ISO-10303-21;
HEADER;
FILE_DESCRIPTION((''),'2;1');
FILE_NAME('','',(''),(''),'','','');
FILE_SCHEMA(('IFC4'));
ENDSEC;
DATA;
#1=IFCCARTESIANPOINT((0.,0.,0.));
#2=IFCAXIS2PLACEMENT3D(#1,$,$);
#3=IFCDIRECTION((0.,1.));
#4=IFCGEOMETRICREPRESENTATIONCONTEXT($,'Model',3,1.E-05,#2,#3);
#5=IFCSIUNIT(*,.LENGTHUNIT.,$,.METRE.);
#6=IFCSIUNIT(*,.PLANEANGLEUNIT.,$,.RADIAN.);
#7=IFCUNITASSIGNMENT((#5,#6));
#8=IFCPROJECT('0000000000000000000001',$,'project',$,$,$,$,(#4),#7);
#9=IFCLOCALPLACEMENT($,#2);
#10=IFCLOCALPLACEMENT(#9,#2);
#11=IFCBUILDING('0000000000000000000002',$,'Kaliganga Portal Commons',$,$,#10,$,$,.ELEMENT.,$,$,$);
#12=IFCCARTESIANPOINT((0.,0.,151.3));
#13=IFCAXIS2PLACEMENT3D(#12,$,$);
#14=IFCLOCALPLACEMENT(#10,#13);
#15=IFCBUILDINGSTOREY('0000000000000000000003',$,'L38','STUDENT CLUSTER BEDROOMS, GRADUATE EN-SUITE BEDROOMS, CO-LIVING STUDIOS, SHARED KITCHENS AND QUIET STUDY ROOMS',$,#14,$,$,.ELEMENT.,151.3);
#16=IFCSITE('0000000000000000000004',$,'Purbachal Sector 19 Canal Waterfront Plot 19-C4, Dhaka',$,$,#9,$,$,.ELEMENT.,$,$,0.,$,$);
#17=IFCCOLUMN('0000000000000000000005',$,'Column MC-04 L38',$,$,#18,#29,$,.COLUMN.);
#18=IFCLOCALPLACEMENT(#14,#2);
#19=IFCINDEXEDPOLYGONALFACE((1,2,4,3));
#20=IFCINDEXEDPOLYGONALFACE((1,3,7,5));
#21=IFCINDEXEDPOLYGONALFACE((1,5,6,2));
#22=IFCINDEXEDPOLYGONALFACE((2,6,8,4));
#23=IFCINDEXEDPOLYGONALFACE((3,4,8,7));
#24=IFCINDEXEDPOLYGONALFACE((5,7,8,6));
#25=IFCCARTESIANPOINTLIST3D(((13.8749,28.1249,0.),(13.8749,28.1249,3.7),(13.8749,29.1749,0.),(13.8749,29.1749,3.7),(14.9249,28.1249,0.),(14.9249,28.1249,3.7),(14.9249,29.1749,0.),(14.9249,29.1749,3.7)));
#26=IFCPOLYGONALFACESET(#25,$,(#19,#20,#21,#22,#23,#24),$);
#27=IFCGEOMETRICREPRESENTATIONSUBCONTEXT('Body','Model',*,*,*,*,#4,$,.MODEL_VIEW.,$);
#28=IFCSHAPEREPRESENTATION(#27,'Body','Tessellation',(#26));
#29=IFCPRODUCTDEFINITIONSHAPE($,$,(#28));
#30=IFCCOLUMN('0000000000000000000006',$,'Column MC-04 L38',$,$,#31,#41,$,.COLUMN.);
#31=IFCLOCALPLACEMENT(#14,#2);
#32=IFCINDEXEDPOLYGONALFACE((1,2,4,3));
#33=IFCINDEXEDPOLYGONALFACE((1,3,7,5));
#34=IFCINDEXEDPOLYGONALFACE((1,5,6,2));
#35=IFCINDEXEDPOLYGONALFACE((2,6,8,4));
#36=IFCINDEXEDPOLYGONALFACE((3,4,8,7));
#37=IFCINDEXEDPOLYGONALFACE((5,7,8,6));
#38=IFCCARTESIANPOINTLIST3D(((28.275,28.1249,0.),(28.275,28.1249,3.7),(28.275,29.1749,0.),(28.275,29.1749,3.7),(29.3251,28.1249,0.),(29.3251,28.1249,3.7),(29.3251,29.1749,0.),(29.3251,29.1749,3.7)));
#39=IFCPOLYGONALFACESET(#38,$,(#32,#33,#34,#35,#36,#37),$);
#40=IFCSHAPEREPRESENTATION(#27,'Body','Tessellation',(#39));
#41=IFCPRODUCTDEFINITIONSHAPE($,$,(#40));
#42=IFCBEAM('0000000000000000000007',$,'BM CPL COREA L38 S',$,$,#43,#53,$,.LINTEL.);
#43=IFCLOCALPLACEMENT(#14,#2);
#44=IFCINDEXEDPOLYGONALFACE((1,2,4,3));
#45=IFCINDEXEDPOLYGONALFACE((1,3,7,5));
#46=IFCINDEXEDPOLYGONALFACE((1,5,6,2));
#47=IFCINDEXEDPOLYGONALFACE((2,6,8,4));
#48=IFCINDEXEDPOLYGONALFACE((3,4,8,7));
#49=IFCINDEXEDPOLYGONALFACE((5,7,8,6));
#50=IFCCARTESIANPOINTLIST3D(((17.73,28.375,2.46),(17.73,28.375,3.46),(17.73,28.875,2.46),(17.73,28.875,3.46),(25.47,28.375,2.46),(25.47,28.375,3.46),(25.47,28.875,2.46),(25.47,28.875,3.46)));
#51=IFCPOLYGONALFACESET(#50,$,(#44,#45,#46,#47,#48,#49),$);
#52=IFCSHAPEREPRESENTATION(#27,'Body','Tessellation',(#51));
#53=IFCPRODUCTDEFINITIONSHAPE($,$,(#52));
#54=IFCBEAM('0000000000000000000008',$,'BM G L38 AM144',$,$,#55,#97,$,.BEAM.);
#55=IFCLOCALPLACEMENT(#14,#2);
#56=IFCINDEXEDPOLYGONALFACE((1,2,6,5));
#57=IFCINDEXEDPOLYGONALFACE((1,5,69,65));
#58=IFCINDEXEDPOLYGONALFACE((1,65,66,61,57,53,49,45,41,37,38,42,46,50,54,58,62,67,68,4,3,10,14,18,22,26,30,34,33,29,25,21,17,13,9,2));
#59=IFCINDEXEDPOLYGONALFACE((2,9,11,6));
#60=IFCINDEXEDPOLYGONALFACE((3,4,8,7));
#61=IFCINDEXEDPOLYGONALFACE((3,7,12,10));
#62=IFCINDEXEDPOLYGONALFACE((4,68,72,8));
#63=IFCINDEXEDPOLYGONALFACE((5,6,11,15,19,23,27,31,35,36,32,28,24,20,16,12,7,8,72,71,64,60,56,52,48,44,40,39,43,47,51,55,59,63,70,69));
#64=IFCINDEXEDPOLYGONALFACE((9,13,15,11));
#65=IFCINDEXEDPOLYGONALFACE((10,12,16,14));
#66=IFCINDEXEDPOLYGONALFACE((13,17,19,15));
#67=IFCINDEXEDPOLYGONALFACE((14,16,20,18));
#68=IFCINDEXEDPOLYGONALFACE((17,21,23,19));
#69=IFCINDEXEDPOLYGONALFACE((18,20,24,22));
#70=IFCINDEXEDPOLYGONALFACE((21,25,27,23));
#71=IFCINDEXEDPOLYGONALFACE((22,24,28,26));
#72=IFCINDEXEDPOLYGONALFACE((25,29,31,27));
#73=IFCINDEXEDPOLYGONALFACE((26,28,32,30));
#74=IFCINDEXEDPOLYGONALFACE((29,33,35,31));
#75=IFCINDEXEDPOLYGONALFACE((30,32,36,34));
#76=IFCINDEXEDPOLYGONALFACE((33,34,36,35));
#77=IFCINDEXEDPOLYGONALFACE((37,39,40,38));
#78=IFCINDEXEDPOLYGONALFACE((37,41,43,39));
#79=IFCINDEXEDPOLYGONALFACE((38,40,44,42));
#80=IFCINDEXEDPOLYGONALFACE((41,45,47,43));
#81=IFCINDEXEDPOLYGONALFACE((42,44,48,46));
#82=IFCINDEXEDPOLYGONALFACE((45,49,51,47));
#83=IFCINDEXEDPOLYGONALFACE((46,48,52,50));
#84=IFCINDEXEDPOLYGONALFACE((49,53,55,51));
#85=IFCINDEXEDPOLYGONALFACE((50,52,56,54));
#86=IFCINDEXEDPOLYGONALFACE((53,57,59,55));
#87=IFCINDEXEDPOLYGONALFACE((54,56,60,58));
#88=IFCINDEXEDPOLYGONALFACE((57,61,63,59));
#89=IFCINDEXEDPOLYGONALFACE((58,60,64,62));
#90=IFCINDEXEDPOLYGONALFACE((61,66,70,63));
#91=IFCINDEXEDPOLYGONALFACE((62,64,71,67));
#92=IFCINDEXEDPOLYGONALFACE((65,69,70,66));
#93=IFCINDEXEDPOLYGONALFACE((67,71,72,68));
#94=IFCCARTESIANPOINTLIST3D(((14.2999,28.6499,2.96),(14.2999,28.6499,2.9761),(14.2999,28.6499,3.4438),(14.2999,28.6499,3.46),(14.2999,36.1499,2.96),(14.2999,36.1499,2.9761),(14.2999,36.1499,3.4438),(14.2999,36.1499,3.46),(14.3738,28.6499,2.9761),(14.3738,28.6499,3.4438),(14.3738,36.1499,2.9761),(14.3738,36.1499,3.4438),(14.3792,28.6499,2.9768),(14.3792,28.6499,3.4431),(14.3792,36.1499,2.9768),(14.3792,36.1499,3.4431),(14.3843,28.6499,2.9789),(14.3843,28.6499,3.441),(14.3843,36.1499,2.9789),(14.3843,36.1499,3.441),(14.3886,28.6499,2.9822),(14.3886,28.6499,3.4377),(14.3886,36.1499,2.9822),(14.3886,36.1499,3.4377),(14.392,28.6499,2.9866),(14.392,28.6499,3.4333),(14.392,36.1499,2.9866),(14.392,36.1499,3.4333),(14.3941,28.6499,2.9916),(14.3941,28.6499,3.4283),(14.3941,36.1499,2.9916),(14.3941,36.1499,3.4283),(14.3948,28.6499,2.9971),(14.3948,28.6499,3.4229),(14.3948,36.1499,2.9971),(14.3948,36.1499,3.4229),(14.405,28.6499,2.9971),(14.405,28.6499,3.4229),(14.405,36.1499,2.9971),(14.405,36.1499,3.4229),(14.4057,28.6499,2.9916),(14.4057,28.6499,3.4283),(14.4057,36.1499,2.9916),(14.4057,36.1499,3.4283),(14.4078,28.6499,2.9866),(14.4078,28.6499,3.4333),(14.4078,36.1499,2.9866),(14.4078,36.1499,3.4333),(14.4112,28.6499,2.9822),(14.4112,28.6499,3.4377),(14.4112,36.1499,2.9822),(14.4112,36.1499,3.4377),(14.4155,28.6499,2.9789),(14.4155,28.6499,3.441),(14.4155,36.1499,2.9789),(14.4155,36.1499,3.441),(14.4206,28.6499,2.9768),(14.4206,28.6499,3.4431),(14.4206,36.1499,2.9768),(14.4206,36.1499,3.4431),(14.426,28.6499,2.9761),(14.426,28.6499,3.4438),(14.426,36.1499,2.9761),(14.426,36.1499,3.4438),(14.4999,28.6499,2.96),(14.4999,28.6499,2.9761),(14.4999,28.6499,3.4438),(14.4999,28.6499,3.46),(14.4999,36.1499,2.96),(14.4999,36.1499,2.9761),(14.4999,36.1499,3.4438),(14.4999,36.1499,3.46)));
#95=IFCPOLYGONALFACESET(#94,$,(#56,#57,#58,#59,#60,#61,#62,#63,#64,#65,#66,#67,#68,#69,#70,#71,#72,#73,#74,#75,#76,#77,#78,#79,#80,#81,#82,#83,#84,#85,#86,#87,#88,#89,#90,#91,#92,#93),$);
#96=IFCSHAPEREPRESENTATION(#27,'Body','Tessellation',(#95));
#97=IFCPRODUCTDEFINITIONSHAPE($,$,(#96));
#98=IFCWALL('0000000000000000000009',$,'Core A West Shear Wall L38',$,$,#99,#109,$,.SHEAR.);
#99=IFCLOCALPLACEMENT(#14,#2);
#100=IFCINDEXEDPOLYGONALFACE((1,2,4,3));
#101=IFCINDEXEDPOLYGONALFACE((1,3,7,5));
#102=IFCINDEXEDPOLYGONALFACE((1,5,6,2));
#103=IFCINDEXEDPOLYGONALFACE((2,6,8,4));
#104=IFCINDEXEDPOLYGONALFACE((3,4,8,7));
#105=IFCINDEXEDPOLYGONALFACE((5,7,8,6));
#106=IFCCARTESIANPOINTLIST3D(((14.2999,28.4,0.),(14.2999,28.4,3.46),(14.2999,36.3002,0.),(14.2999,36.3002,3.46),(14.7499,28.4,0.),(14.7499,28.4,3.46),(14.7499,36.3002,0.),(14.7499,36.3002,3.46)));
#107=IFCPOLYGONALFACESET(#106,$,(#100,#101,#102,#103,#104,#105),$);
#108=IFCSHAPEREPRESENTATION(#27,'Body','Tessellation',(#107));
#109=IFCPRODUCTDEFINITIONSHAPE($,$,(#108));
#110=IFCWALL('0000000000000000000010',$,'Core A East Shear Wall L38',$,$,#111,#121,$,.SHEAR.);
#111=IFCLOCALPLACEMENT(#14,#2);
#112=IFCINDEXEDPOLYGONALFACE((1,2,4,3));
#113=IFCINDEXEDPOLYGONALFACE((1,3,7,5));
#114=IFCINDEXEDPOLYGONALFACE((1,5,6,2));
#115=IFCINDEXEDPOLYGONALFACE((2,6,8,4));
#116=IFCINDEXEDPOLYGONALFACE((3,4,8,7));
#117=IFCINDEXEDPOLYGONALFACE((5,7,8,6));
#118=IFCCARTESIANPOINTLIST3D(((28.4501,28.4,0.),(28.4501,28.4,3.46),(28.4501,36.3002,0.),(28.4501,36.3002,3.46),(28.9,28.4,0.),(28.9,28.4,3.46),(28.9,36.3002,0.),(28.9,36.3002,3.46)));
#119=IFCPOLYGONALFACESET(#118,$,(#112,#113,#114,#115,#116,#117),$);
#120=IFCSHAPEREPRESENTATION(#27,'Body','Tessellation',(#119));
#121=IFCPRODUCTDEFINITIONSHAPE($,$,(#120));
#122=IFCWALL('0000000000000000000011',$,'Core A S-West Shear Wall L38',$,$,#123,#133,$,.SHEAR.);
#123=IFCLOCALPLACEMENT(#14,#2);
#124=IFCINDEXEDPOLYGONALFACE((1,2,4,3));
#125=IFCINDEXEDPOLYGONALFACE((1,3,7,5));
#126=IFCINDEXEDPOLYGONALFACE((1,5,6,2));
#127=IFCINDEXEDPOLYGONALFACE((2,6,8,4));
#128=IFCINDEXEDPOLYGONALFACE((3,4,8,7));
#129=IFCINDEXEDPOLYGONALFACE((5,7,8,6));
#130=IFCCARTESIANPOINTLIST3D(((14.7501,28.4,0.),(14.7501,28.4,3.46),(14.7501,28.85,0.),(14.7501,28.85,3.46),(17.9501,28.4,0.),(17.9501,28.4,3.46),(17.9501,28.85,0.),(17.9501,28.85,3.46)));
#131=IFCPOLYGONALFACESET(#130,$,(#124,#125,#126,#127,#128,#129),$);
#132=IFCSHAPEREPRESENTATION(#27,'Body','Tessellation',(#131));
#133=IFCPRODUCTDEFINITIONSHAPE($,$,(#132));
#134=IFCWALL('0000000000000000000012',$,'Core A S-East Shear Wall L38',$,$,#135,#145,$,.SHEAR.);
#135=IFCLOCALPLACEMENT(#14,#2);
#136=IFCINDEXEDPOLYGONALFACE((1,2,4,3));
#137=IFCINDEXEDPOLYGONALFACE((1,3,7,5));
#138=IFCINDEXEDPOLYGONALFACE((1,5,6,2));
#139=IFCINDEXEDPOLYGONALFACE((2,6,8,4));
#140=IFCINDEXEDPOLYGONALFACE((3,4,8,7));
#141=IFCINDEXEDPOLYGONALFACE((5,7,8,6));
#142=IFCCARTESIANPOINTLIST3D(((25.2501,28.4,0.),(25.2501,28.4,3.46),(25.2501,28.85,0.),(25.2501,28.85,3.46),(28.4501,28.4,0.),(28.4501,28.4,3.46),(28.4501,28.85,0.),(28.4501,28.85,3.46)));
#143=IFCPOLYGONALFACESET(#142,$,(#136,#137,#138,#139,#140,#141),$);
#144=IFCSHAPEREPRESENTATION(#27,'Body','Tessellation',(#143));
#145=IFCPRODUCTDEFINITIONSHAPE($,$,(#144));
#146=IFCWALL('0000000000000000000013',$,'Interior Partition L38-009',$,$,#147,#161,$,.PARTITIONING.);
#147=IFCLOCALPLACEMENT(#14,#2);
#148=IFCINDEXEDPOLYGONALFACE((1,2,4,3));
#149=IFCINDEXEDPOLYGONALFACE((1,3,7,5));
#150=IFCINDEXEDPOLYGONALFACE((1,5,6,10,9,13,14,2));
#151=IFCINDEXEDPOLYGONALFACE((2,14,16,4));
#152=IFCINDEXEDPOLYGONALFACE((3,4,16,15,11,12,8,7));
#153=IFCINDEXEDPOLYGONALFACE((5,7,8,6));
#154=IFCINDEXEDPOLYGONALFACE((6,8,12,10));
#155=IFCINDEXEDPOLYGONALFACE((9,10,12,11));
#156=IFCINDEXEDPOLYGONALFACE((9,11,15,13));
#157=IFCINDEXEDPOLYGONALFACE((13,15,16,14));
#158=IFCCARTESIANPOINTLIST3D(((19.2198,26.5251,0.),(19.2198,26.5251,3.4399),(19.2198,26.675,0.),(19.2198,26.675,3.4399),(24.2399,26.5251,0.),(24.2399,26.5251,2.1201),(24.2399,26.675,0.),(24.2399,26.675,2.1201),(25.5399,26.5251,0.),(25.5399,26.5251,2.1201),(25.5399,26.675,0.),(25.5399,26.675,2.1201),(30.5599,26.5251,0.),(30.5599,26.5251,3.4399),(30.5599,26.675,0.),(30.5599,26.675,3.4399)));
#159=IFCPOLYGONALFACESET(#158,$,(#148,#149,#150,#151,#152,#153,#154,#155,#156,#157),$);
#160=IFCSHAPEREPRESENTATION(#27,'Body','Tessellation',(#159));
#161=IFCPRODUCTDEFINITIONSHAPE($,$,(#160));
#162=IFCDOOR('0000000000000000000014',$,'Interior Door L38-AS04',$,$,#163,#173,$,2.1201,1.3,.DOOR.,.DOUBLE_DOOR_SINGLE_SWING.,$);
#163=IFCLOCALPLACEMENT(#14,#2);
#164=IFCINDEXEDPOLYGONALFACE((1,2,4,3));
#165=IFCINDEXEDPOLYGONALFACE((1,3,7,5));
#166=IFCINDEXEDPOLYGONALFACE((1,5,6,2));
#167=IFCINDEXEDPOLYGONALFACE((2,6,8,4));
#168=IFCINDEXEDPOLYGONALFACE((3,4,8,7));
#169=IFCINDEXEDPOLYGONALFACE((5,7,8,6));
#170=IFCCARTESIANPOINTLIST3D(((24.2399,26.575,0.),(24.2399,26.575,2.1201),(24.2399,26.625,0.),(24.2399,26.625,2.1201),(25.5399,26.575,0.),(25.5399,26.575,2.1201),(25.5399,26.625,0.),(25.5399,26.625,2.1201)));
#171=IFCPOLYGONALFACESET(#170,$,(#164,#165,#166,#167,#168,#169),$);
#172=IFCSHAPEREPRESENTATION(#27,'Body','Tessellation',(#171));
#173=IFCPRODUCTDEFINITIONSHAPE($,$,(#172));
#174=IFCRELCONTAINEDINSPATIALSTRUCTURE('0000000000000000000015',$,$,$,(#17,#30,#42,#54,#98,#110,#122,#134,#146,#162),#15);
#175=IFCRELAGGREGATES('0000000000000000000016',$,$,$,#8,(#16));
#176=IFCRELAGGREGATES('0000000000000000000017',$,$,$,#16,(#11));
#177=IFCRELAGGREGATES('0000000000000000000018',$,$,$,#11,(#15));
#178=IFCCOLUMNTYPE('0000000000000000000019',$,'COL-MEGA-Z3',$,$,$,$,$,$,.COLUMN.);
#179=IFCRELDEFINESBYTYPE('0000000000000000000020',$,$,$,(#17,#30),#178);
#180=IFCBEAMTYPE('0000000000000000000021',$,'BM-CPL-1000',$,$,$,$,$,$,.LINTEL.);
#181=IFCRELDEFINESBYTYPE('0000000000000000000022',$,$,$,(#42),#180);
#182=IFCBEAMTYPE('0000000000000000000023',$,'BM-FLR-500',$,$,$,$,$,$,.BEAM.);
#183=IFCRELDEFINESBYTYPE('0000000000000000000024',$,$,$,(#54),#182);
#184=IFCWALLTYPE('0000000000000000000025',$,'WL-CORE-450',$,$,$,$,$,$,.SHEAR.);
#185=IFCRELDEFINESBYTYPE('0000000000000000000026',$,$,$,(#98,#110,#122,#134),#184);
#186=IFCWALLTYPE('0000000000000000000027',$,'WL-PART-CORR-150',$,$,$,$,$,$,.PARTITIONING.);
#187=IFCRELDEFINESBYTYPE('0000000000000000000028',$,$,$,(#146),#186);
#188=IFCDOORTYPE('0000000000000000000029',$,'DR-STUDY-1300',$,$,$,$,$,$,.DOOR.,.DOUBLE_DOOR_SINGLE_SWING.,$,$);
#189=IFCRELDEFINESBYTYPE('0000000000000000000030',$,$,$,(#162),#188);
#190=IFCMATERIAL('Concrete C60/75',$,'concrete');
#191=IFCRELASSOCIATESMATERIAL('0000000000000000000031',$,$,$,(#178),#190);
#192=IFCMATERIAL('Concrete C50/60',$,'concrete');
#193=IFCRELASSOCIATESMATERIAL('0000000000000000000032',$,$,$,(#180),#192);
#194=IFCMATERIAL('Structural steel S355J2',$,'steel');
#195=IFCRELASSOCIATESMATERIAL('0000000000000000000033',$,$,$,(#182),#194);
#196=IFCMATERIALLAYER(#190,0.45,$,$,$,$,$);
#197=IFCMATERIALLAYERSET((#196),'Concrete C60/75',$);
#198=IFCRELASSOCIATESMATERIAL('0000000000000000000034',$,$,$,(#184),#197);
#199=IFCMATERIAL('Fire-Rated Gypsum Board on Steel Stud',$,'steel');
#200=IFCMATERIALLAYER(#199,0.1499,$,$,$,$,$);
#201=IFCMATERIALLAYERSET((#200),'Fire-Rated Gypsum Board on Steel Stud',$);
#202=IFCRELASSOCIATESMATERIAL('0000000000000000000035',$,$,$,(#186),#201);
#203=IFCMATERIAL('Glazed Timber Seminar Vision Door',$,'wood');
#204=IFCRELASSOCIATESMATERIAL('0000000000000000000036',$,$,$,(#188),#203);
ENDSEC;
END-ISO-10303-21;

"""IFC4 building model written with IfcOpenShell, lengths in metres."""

from ifc_helpers import new_model, si_unit, direction, frame, frame_2d, origin, origin_2d, place, context, subcontext, project, spatial, rectangle, i_section, extrude, source, transform, mapped, material, layer, layer_set, material_profile, profile_set, type_object, element, fill, save


model = new_model("IFC4")

# Units and contexts
model_context = context("Model", 3, precision=1e-05, world=origin(), true_north=direction((0.0, 1.0)))
body_context = subcontext(model_context, "Body", "Model", "MODEL_VIEW")
ifc_project = project(units=[si_unit("LENGTHUNIT", "METRE"), si_unit("PLANEANGLEUNIT", "RADIAN")], contexts=[model_context])

# Site, building, storey
site_placement = place(None, origin())
site = spatial("IfcSite", under=ifc_project, at=site_placement, Name="Purbachal Sector 19 Canal Waterfront Plot 19-C4, Dhaka", CompositionType="ELEMENT", RefElevation=0.0)
building_placement = place(site_placement, origin())
building = spatial("IfcBuilding", under=site, at=building_placement, Name="Kaliganga Portal Commons", CompositionType="ELEMENT")
storey_placement = place(building_placement, frame((0.0, 0.0, 151.3)))
storey = spatial("IfcBuildingStorey", under=building, at=storey_placement, Name="L38", Description="STUDENT CLUSTER BEDROOMS, GRADUATE EN-SUITE BEDROOMS, CO-LIVING STUDIOS, SHARED KITCHENS AND QUIET STUDY ROOMS", CompositionType="ELEMENT", Elevation=151.3)

# Columns
ifc_material_1 = material(Name="Concrete C60/75", Category="concrete")
ifc_material_profile_1 = material_profile(ifc_material_1, rectangle(XDim=1.05, YDim=1.05, at=origin_2d()), Name="RC 1050x1050")
ifc_profile_set_1 = profile_set([ifc_material_profile_1], Name="Concrete C60/75")
column_type = type_object("IfcColumnType", Name="COL-MEGA-Z3", PredefinedType="COLUMN", material=ifc_profile_set_1)
shared_shape_1 = source(origin(), body_context, "Body", "SweptSolid", [
    extrude(rectangle(XDim=1.05, YDim=1.05, at=origin_2d()), origin(), (0.0, 0.0, 1.0), 3.7),
])
for number, where, z_axis, x_axis, name in (
    (1, (14.3999, 28.6499, 0.0), (0.0, 0.0, 1.0), (1.0, 0.0, 0.0), "Column MC-04 L38"),
    (2, (28.8, 28.6499, 0.0), (0.0, 0.0, 1.0), (1.0, 0.0, 0.0), "Column MC-04 L38"),
):
    element("IfcColumn", number, at=place(storey_placement, frame(where, z_axis=z_axis, x_axis=x_axis)), inside=storey, type_object=column_type, Name=name, PredefinedType="COLUMN", context=body_context, shape_type="MappedRepresentation", body=[
        mapped(shared_shape_1, transform((0.0, 0.0, 0.0), x_axis=(1.0, 0.0, 0.0), y_axis=(0.0, 1.0, 0.0), z_axis=(0.0, 0.0, 1.0), scale=1.0)),
    ])

# Beams
ifc_material_2 = material(Name="Concrete C50/60", Category="concrete")
ifc_material_profile_2 = material_profile(ifc_material_2, rectangle(XDim=0.5, YDim=1.0, at=origin_2d()), Name="RC 500x1000")
ifc_profile_set_2 = profile_set([ifc_material_profile_2], Name="Concrete C50/60")
beam_type_1 = type_object("IfcBeamType", Name="BM-CPL-1000", PredefinedType="LINTEL", material=ifc_profile_set_2)
shared_shape_2 = source(origin(), body_context, "Body", "SweptSolid", [
    extrude(rectangle(XDim=0.5, YDim=1.0, at=origin_2d()), origin(), (0.0, 0.0, 1.0), 7.74),
])
beam_1_placement = place(storey_placement, frame((17.73, 28.625, 2.96), z_axis=(1.0, 0.0, 0.0), x_axis=(0.0, 1.0, 0.0)))
element("IfcBeam", 3, at=beam_1_placement, inside=storey, type_object=beam_type_1, Name="BM CPL COREA L38 S", PredefinedType="LINTEL", context=body_context, shape_type="MappedRepresentation", body=[
    mapped(shared_shape_2, transform((0.0, 0.0, 0.0), x_axis=(1.0, 0.0, 0.0), y_axis=(0.0, 1.0, 0.0), z_axis=(0.0, 0.0, 1.0), scale=1.0)),
])
ifc_material_3 = material(Name="Structural steel S355J2", Category="steel")
ifc_material_profile_3 = material_profile(ifc_material_3, i_section(OverallWidth=0.2, OverallDepth=0.5, WebThickness=0.0103, FlangeThickness=0.0161, FilletRadius=0.021, at=origin_2d()), Name="IPE 500")
ifc_profile_set_3 = profile_set([ifc_material_profile_3], Name="Structural steel S355J2 wide-flange")
beam_type_2 = type_object("IfcBeamType", Name="BM-FLR-500", PredefinedType="BEAM", material=ifc_profile_set_3)
shared_shape_3 = source(origin(), body_context, "Body", "SweptSolid", [
    extrude(i_section(OverallWidth=0.2, OverallDepth=0.5, WebThickness=0.0103, FlangeThickness=0.0161, FilletRadius=0.021, at=origin_2d()), origin(), (0.0, 0.0, 1.0), 7.5),
])
beam_2_placement = place(storey_placement, frame((14.3999, 28.6499, 3.21), z_axis=(0.0, 1.0, 0.0), x_axis=(-1.0, 0.0, 0.0)))
element("IfcBeam", 4, at=beam_2_placement, inside=storey, type_object=beam_type_2, Name="BM G L38 AM144", PredefinedType="BEAM", context=body_context, shape_type="MappedRepresentation", body=[
    mapped(shared_shape_3, transform((0.0, 0.0, 0.0), x_axis=(1.0, 0.0, 0.0), y_axis=(0.0, 1.0, 0.0), z_axis=(0.0, 0.0, 1.0), scale=1.0)),
])

# Walls
ifc_layer_1 = layer(ifc_material_1, 0.45)
ifc_layer_set_1 = layer_set([ifc_layer_1], Name="Concrete C60/75")
wall_type_1 = type_object("IfcWallType", Name="WL-CORE-450", PredefinedType="SHEAR", material=ifc_layer_set_1)
for number, where, z_axis, x_axis, name in (
    (5, (14.5249, 28.3999, 0.0), (0.0, 0.0, 1.0), (0.0, 1.0, 0.0), "Core A West Shear Wall L38"),
    (6, (28.675, 28.3999, 0.0), (0.0, 0.0, 1.0), (0.0, 1.0, 0.0), "Core A East Shear Wall L38"),
):
    element("IfcWall", number, at=place(storey_placement, frame(where, z_axis=z_axis, x_axis=x_axis)), inside=storey, type_object=wall_type_1, Name=name, PredefinedType="SHEAR", context=body_context, shape_type="SweptSolid", body=[
        extrude(rectangle(XDim=7.9001, YDim=0.45, at=frame_2d((3.9502, 0.0))), origin(), (0.0, 0.0, 1.0), 3.46),
    ])
for number, where, z_axis, x_axis, name in (
    (7, (14.75, 28.625, 0.0), (0.0, 0.0, 1.0), (1.0, 0.0, 0.0), "Core A S-West Shear Wall L38"),
    (8, (25.25, 28.625, 0.0), (0.0, 0.0, 1.0), (1.0, 0.0, 0.0), "Core A S-East Shear Wall L38"),
):
    element("IfcWall", number, at=place(storey_placement, frame(where, z_axis=z_axis, x_axis=x_axis)), inside=storey, type_object=wall_type_1, Name=name, PredefinedType="SHEAR", context=body_context, shape_type="SweptSolid", body=[
        extrude(rectangle(XDim=3.2, YDim=0.45, at=frame_2d((1.6001, 0.0))), origin(), (0.0, 0.0, 1.0), 3.46),
    ])

# Wall, opening, door
ifc_material_4 = material(Name="Fire-Rated Gypsum Board on Steel Stud", Category="steel")
ifc_layer_2 = layer(ifc_material_4, 0.1499)
ifc_layer_set_2 = layer_set([ifc_layer_2], Name="Fire-Rated Gypsum Board on Steel Stud")
wall_type_2 = type_object("IfcWallType", Name="WL-PART-CORR-150", PredefinedType="PARTITIONING", material=ifc_layer_set_2)
wall_1_placement = place(storey_placement, frame((19.22, 26.6001, 0.0), z_axis=(0.0, 0.0, 1.0), x_axis=(1.0, 0.0, 0.0)))
wall_1 = element("IfcWall", 9, at=wall_1_placement, inside=storey, type_object=wall_type_2, Name="Interior Partition L38-009", PredefinedType="PARTITIONING", context=body_context, shape_type="SweptSolid", body=[
    extrude(rectangle(XDim=11.3401, YDim=0.1499, at=frame_2d((5.6699, 0.0))), origin(), (0.0, 0.0, 1.0), 3.4399),
])
opening_1_placement = place(wall_1_placement, frame((5.02, 0.0, 0.0)))
opening_1 = element("IfcOpeningElement", 10, at=opening_1_placement, cuts=wall_1, PredefinedType="OPENING", context=body_context, shape_type="SweptSolid", body=[
    extrude(rectangle(XDim=1.3, YDim=2.1201, at=frame_2d((0.6499, 1.0601))), frame((0.0, 0.085, 0.0), z_axis=(0.0, -1.0, 0.0), x_axis=(1.0, 0.0, 0.0)), (0.0, 0.0, 1.0), 0.1699),
])
ifc_material_5 = material(Name="Glazed Timber Seminar Vision Door", Category="wood")
door_type_1 = type_object("IfcDoorType", Name="DR-STUDY-1300", OperationType="DOUBLE_DOOR_SINGLE_SWING", PredefinedType="DOOR", material=ifc_material_5)
door_1_placement = place(opening_1_placement, origin())
door_1 = element("IfcDoor", 11, at=door_1_placement, inside=storey, type_object=door_type_1, Name="Interior Door L38-AS04", OperationType="DOUBLE_DOOR_SINGLE_SWING", OverallHeight=2.1201, OverallWidth=1.3, PredefinedType="DOOR", context=body_context, shape_type="SweptSolid", body=[
    extrude(rectangle(XDim=1.3, YDim=2.1201, at=frame_2d((0.6499, 1.0601))), frame((0.0, 0.0249, 0.0), z_axis=(0.0, -1.0, 0.0), x_axis=(1.0, 0.0, 0.0)), (0.0, 0.0, 1.0), 0.05),
])
fill(opening_1, door_1)

save(model, "model.ifc")
